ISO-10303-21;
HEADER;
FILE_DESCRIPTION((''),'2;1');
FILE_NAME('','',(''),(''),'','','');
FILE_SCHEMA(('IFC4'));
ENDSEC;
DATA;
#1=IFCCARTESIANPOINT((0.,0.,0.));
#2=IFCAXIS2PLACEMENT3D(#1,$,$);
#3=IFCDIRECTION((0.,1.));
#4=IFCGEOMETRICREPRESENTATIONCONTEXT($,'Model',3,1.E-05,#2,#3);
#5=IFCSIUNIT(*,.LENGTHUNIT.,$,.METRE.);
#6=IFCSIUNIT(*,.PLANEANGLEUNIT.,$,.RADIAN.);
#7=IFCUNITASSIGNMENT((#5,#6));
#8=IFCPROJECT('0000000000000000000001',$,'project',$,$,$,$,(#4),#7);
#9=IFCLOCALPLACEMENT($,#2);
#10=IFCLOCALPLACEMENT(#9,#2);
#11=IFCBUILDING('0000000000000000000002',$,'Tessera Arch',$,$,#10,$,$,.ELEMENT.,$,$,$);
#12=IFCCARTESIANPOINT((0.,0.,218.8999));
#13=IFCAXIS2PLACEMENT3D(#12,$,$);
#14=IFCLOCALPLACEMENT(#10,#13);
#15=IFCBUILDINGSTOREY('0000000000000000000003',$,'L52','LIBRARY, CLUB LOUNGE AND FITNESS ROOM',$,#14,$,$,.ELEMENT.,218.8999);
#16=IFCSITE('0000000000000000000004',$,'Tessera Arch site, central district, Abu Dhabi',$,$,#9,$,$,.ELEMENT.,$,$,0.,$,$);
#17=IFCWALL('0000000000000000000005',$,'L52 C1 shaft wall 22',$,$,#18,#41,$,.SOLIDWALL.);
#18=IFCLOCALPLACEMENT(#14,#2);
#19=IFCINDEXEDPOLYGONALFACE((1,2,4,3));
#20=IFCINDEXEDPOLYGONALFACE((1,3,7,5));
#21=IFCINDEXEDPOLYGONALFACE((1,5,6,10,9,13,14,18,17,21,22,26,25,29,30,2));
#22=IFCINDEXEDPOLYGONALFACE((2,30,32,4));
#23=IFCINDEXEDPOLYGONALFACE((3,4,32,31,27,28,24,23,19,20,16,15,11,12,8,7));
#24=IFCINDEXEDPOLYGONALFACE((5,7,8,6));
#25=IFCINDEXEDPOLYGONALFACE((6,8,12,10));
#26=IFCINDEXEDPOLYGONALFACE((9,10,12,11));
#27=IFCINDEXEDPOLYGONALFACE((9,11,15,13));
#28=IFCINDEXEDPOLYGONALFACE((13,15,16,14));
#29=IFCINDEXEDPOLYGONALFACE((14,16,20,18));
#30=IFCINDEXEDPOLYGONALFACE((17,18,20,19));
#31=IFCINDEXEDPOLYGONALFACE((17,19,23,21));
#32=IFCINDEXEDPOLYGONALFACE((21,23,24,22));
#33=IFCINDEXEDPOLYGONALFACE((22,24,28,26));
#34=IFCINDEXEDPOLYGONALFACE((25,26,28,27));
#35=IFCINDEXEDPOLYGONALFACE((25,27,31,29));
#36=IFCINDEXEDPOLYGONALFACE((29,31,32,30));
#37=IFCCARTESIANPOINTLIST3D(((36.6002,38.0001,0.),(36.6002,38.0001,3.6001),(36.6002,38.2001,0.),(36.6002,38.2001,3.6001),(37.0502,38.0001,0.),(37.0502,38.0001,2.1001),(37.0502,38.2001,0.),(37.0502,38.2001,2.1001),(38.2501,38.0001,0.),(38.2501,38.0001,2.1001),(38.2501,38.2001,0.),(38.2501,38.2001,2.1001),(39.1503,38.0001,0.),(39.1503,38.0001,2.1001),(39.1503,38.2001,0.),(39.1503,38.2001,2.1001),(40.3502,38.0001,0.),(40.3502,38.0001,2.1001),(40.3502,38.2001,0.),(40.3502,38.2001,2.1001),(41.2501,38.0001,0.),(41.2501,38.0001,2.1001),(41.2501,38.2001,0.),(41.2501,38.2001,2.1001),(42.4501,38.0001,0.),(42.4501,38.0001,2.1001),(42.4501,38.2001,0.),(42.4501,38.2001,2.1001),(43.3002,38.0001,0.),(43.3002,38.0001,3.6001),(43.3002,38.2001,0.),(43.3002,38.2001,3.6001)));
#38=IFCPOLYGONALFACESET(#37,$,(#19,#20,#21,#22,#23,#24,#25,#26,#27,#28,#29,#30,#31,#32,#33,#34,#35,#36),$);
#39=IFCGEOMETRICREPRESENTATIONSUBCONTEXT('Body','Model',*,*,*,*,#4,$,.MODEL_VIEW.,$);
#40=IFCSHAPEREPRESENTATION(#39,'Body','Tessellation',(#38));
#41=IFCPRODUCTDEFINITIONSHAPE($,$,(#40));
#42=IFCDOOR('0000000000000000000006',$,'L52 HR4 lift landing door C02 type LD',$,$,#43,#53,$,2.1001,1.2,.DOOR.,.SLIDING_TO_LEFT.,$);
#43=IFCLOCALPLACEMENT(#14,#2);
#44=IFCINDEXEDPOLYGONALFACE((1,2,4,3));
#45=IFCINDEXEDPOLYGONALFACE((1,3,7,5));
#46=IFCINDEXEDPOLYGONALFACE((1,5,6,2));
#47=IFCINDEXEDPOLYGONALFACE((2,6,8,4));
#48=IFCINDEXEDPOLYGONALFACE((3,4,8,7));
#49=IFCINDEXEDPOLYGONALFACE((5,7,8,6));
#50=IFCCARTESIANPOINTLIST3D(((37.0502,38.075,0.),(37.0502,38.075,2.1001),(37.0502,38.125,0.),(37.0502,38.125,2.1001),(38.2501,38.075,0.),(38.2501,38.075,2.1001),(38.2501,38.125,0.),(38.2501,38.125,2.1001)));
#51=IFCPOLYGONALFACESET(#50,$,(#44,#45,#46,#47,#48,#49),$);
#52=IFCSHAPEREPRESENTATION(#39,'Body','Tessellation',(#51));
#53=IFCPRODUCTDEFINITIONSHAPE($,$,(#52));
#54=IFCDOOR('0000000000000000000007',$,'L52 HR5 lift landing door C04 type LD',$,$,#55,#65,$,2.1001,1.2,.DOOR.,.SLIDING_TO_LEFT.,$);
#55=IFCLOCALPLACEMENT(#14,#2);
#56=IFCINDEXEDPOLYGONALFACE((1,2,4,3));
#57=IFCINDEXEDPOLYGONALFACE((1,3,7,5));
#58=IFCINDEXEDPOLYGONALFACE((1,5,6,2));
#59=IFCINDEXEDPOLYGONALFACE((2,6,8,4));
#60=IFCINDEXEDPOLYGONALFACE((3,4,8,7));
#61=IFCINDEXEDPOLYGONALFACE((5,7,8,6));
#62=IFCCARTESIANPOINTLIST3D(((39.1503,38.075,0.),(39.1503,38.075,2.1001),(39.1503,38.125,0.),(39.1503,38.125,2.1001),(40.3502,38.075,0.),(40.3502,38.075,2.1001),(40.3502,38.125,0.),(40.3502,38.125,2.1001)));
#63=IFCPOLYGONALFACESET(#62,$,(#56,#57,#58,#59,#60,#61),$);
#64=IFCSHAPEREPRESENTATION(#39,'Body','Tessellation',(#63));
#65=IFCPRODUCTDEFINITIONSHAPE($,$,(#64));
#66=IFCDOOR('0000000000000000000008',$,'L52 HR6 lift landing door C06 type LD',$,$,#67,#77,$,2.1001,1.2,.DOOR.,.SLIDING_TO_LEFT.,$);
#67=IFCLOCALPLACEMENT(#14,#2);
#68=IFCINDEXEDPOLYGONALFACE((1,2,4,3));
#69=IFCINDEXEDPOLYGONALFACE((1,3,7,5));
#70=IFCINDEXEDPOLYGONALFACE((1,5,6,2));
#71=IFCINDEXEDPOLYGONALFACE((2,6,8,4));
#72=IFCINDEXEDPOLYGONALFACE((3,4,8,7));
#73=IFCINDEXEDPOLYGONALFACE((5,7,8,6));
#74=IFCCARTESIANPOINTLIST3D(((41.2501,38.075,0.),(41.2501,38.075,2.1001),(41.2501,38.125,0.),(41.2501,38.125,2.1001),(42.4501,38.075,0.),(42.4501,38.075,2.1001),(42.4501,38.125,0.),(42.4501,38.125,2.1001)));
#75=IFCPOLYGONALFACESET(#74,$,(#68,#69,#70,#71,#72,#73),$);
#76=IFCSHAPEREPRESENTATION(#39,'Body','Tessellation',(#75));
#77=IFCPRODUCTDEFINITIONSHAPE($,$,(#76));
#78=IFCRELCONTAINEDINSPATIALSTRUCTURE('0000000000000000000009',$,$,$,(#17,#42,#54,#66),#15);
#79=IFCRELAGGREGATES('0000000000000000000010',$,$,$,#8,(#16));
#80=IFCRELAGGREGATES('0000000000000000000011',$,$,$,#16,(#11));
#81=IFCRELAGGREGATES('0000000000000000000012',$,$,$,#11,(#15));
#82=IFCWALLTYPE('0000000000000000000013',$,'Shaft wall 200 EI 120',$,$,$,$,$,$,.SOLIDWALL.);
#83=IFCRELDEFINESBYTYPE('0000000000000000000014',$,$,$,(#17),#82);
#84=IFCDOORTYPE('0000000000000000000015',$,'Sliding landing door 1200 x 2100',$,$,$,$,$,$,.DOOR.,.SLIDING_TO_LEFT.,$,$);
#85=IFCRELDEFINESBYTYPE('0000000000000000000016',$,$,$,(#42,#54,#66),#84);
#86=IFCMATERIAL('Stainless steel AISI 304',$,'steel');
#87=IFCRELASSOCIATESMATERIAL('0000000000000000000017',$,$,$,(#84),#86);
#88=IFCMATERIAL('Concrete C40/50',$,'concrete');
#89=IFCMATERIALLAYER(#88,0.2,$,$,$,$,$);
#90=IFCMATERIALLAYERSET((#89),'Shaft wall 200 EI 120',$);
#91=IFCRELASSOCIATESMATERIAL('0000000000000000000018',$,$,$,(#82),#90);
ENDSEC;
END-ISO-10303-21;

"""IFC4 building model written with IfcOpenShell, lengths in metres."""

from ifc_helpers import new_model, si_unit, direction, frame, frame_2d, origin, place, context, subcontext, project, spatial, rectangle, extrude, material, layer, layer_set, type_object, element, fill, save


model = new_model("IFC4")

# Units and contexts
model_context = context("Model", 3, precision=1e-05, world=origin(), true_north=direction((0.0, 1.0)))
body_context = subcontext(model_context, "Body", "Model", "MODEL_VIEW")
ifc_project = project(units=[si_unit("LENGTHUNIT", "METRE"), si_unit("PLANEANGLEUNIT", "RADIAN")], contexts=[model_context])

# Site, building, storey
site_placement = place(None, origin())
site = spatial("IfcSite", under=ifc_project, at=site_placement, Name="Tessera Arch site, central district, Abu Dhabi", CompositionType="ELEMENT", RefElevation=0.0)
building_placement = place(site_placement, origin())
building = spatial("IfcBuilding", under=site, at=building_placement, Name="Tessera Arch", CompositionType="ELEMENT")
storey_placement = place(building_placement, frame((0.0, 0.0, 218.8999)))
storey = spatial("IfcBuildingStorey", under=building, at=storey_placement, Name="L52", Description="LIBRARY, CLUB LOUNGE AND FITNESS ROOM", CompositionType="ELEMENT", Elevation=218.8999)

# Shared definitions
ifc_material_1 = material(Name="Stainless steel AISI 304", Category="steel")
door_type_1 = type_object("IfcDoorType", Name="Sliding landing door 1200 x 2100", OperationType="SLIDING_TO_LEFT", PredefinedType="DOOR", material=ifc_material_1)

# Shared definitions
ifc_material_2 = material(Name="Concrete C40/50", Category="concrete")
ifc_layer_1 = layer(ifc_material_2, 0.2)
ifc_layer_set_1 = layer_set([ifc_layer_1], Name="Shaft wall 200 EI 120")
wall_type_1 = type_object("IfcWallType", Name="Shaft wall 200 EI 120", PredefinedType="SOLIDWALL", material=ifc_layer_set_1)

# Wall, openings, doors
wall_1_placement = place(storey_placement, frame((36.6001, 38.1001, 0.0), z_axis=(0.0, 0.0, 1.0), x_axis=(1.0, 0.0, 0.0)))
wall_1 = element("IfcWall", 1, at=wall_1_placement, inside=storey, type_object=wall_type_1, Name="L52 C1 shaft wall 22", PredefinedType="SOLIDWALL", context=body_context, shape_type="SweptSolid", body=[
    extrude(rectangle(XDim=6.7, YDim=0.2, at=frame_2d((3.3501, 0.0))), origin(), (0.0, 0.0, 1.0), 3.6001),
])
opening_1_placement = place(wall_1_placement, frame((0.45, 0.0, 0.0)))
opening_1 = element("IfcOpeningElement", 2, at=opening_1_placement, cuts=wall_1, PredefinedType="OPENING", context=body_context, shape_type="SweptSolid", body=[
    extrude(rectangle(XDim=1.2, YDim=2.1001, at=frame_2d((0.6001, 1.05))), frame((0.0, 0.1099, 0.0), z_axis=(0.0, -1.0, 0.0), x_axis=(1.0, 0.0, 0.0)), (0.0, 0.0, 1.0), 0.22),
])
opening_2_placement = place(wall_1_placement, frame((2.55, 0.0, 0.0)))
opening_2 = element("IfcOpeningElement", 3, at=opening_2_placement, cuts=wall_1, PredefinedType="OPENING", context=body_context, shape_type="SweptSolid", body=[
    extrude(rectangle(XDim=1.2, YDim=2.1001, at=frame_2d((0.6001, 1.05))), frame((0.0, 0.1099, 0.0), z_axis=(0.0, -1.0, 0.0), x_axis=(1.0, 0.0, 0.0)), (0.0, 0.0, 1.0), 0.22),
])
opening_3_placement = place(wall_1_placement, frame((4.6499, 0.0, 0.0)))
opening_3 = element("IfcOpeningElement", 4, at=opening_3_placement, cuts=wall_1, PredefinedType="OPENING", context=body_context, shape_type="SweptSolid", body=[
    extrude(rectangle(XDim=1.2, YDim=2.1001, at=frame_2d((0.6001, 1.05))), frame((0.0, 0.1099, 0.0), z_axis=(0.0, -1.0, 0.0), x_axis=(1.0, 0.0, 0.0)), (0.0, 0.0, 1.0), 0.22),
])
door_1_placement = place(opening_1_placement, origin())
door_1 = element("IfcDoor", 5, at=door_1_placement, inside=storey, type_object=door_type_1, Name="L52 HR4 lift landing door C02 type LD", OperationType="SLIDING_TO_LEFT", OverallHeight=2.1001, OverallWidth=1.2, PredefinedType="DOOR", context=body_context, shape_type="SweptSolid", body=[
    extrude(rectangle(XDim=1.2, YDim=2.1001, at=frame_2d((0.6001, 1.05))), frame((0.0, 0.0249, 0.0), z_axis=(0.0, -1.0, 0.0), x_axis=(1.0, 0.0, 0.0)), (0.0, 0.0, 1.0), 0.05),
])
fill(opening_1, door_1)
door_2_placement = place(opening_2_placement, origin())
door_2 = element("IfcDoor", 6, at=door_2_placement, inside=storey, type_object=door_type_1, Name="L52 HR5 lift landing door C04 type LD", OperationType="SLIDING_TO_LEFT", OverallHeight=2.1001, OverallWidth=1.2, PredefinedType="DOOR", context=body_context, shape_type="SweptSolid", body=[
    extrude(rectangle(XDim=1.2, YDim=2.1001, at=frame_2d((0.6001, 1.05))), frame((0.0, 0.0249, 0.0), z_axis=(0.0, -1.0, 0.0), x_axis=(1.0, 0.0, 0.0)), (0.0, 0.0, 1.0), 0.05),
])
fill(opening_2, door_2)
door_3_placement = place(opening_3_placement, origin())
door_3 = element("IfcDoor", 7, at=door_3_placement, inside=storey, type_object=door_type_1, Name="L52 HR6 lift landing door C06 type LD", OperationType="SLIDING_TO_LEFT", OverallHeight=2.1001, OverallWidth=1.2, PredefinedType="DOOR", context=body_context, shape_type="SweptSolid", body=[
    extrude(rectangle(XDim=1.2, YDim=2.1001, at=frame_2d((0.6001, 1.05))), frame((0.0, 0.0249, 0.0), z_axis=(0.0, -1.0, 0.0), x_axis=(1.0, 0.0, 0.0)), (0.0, 0.0, 1.0), 0.05),
])
fill(opening_3, door_3)

save(model, "model.ifc")
